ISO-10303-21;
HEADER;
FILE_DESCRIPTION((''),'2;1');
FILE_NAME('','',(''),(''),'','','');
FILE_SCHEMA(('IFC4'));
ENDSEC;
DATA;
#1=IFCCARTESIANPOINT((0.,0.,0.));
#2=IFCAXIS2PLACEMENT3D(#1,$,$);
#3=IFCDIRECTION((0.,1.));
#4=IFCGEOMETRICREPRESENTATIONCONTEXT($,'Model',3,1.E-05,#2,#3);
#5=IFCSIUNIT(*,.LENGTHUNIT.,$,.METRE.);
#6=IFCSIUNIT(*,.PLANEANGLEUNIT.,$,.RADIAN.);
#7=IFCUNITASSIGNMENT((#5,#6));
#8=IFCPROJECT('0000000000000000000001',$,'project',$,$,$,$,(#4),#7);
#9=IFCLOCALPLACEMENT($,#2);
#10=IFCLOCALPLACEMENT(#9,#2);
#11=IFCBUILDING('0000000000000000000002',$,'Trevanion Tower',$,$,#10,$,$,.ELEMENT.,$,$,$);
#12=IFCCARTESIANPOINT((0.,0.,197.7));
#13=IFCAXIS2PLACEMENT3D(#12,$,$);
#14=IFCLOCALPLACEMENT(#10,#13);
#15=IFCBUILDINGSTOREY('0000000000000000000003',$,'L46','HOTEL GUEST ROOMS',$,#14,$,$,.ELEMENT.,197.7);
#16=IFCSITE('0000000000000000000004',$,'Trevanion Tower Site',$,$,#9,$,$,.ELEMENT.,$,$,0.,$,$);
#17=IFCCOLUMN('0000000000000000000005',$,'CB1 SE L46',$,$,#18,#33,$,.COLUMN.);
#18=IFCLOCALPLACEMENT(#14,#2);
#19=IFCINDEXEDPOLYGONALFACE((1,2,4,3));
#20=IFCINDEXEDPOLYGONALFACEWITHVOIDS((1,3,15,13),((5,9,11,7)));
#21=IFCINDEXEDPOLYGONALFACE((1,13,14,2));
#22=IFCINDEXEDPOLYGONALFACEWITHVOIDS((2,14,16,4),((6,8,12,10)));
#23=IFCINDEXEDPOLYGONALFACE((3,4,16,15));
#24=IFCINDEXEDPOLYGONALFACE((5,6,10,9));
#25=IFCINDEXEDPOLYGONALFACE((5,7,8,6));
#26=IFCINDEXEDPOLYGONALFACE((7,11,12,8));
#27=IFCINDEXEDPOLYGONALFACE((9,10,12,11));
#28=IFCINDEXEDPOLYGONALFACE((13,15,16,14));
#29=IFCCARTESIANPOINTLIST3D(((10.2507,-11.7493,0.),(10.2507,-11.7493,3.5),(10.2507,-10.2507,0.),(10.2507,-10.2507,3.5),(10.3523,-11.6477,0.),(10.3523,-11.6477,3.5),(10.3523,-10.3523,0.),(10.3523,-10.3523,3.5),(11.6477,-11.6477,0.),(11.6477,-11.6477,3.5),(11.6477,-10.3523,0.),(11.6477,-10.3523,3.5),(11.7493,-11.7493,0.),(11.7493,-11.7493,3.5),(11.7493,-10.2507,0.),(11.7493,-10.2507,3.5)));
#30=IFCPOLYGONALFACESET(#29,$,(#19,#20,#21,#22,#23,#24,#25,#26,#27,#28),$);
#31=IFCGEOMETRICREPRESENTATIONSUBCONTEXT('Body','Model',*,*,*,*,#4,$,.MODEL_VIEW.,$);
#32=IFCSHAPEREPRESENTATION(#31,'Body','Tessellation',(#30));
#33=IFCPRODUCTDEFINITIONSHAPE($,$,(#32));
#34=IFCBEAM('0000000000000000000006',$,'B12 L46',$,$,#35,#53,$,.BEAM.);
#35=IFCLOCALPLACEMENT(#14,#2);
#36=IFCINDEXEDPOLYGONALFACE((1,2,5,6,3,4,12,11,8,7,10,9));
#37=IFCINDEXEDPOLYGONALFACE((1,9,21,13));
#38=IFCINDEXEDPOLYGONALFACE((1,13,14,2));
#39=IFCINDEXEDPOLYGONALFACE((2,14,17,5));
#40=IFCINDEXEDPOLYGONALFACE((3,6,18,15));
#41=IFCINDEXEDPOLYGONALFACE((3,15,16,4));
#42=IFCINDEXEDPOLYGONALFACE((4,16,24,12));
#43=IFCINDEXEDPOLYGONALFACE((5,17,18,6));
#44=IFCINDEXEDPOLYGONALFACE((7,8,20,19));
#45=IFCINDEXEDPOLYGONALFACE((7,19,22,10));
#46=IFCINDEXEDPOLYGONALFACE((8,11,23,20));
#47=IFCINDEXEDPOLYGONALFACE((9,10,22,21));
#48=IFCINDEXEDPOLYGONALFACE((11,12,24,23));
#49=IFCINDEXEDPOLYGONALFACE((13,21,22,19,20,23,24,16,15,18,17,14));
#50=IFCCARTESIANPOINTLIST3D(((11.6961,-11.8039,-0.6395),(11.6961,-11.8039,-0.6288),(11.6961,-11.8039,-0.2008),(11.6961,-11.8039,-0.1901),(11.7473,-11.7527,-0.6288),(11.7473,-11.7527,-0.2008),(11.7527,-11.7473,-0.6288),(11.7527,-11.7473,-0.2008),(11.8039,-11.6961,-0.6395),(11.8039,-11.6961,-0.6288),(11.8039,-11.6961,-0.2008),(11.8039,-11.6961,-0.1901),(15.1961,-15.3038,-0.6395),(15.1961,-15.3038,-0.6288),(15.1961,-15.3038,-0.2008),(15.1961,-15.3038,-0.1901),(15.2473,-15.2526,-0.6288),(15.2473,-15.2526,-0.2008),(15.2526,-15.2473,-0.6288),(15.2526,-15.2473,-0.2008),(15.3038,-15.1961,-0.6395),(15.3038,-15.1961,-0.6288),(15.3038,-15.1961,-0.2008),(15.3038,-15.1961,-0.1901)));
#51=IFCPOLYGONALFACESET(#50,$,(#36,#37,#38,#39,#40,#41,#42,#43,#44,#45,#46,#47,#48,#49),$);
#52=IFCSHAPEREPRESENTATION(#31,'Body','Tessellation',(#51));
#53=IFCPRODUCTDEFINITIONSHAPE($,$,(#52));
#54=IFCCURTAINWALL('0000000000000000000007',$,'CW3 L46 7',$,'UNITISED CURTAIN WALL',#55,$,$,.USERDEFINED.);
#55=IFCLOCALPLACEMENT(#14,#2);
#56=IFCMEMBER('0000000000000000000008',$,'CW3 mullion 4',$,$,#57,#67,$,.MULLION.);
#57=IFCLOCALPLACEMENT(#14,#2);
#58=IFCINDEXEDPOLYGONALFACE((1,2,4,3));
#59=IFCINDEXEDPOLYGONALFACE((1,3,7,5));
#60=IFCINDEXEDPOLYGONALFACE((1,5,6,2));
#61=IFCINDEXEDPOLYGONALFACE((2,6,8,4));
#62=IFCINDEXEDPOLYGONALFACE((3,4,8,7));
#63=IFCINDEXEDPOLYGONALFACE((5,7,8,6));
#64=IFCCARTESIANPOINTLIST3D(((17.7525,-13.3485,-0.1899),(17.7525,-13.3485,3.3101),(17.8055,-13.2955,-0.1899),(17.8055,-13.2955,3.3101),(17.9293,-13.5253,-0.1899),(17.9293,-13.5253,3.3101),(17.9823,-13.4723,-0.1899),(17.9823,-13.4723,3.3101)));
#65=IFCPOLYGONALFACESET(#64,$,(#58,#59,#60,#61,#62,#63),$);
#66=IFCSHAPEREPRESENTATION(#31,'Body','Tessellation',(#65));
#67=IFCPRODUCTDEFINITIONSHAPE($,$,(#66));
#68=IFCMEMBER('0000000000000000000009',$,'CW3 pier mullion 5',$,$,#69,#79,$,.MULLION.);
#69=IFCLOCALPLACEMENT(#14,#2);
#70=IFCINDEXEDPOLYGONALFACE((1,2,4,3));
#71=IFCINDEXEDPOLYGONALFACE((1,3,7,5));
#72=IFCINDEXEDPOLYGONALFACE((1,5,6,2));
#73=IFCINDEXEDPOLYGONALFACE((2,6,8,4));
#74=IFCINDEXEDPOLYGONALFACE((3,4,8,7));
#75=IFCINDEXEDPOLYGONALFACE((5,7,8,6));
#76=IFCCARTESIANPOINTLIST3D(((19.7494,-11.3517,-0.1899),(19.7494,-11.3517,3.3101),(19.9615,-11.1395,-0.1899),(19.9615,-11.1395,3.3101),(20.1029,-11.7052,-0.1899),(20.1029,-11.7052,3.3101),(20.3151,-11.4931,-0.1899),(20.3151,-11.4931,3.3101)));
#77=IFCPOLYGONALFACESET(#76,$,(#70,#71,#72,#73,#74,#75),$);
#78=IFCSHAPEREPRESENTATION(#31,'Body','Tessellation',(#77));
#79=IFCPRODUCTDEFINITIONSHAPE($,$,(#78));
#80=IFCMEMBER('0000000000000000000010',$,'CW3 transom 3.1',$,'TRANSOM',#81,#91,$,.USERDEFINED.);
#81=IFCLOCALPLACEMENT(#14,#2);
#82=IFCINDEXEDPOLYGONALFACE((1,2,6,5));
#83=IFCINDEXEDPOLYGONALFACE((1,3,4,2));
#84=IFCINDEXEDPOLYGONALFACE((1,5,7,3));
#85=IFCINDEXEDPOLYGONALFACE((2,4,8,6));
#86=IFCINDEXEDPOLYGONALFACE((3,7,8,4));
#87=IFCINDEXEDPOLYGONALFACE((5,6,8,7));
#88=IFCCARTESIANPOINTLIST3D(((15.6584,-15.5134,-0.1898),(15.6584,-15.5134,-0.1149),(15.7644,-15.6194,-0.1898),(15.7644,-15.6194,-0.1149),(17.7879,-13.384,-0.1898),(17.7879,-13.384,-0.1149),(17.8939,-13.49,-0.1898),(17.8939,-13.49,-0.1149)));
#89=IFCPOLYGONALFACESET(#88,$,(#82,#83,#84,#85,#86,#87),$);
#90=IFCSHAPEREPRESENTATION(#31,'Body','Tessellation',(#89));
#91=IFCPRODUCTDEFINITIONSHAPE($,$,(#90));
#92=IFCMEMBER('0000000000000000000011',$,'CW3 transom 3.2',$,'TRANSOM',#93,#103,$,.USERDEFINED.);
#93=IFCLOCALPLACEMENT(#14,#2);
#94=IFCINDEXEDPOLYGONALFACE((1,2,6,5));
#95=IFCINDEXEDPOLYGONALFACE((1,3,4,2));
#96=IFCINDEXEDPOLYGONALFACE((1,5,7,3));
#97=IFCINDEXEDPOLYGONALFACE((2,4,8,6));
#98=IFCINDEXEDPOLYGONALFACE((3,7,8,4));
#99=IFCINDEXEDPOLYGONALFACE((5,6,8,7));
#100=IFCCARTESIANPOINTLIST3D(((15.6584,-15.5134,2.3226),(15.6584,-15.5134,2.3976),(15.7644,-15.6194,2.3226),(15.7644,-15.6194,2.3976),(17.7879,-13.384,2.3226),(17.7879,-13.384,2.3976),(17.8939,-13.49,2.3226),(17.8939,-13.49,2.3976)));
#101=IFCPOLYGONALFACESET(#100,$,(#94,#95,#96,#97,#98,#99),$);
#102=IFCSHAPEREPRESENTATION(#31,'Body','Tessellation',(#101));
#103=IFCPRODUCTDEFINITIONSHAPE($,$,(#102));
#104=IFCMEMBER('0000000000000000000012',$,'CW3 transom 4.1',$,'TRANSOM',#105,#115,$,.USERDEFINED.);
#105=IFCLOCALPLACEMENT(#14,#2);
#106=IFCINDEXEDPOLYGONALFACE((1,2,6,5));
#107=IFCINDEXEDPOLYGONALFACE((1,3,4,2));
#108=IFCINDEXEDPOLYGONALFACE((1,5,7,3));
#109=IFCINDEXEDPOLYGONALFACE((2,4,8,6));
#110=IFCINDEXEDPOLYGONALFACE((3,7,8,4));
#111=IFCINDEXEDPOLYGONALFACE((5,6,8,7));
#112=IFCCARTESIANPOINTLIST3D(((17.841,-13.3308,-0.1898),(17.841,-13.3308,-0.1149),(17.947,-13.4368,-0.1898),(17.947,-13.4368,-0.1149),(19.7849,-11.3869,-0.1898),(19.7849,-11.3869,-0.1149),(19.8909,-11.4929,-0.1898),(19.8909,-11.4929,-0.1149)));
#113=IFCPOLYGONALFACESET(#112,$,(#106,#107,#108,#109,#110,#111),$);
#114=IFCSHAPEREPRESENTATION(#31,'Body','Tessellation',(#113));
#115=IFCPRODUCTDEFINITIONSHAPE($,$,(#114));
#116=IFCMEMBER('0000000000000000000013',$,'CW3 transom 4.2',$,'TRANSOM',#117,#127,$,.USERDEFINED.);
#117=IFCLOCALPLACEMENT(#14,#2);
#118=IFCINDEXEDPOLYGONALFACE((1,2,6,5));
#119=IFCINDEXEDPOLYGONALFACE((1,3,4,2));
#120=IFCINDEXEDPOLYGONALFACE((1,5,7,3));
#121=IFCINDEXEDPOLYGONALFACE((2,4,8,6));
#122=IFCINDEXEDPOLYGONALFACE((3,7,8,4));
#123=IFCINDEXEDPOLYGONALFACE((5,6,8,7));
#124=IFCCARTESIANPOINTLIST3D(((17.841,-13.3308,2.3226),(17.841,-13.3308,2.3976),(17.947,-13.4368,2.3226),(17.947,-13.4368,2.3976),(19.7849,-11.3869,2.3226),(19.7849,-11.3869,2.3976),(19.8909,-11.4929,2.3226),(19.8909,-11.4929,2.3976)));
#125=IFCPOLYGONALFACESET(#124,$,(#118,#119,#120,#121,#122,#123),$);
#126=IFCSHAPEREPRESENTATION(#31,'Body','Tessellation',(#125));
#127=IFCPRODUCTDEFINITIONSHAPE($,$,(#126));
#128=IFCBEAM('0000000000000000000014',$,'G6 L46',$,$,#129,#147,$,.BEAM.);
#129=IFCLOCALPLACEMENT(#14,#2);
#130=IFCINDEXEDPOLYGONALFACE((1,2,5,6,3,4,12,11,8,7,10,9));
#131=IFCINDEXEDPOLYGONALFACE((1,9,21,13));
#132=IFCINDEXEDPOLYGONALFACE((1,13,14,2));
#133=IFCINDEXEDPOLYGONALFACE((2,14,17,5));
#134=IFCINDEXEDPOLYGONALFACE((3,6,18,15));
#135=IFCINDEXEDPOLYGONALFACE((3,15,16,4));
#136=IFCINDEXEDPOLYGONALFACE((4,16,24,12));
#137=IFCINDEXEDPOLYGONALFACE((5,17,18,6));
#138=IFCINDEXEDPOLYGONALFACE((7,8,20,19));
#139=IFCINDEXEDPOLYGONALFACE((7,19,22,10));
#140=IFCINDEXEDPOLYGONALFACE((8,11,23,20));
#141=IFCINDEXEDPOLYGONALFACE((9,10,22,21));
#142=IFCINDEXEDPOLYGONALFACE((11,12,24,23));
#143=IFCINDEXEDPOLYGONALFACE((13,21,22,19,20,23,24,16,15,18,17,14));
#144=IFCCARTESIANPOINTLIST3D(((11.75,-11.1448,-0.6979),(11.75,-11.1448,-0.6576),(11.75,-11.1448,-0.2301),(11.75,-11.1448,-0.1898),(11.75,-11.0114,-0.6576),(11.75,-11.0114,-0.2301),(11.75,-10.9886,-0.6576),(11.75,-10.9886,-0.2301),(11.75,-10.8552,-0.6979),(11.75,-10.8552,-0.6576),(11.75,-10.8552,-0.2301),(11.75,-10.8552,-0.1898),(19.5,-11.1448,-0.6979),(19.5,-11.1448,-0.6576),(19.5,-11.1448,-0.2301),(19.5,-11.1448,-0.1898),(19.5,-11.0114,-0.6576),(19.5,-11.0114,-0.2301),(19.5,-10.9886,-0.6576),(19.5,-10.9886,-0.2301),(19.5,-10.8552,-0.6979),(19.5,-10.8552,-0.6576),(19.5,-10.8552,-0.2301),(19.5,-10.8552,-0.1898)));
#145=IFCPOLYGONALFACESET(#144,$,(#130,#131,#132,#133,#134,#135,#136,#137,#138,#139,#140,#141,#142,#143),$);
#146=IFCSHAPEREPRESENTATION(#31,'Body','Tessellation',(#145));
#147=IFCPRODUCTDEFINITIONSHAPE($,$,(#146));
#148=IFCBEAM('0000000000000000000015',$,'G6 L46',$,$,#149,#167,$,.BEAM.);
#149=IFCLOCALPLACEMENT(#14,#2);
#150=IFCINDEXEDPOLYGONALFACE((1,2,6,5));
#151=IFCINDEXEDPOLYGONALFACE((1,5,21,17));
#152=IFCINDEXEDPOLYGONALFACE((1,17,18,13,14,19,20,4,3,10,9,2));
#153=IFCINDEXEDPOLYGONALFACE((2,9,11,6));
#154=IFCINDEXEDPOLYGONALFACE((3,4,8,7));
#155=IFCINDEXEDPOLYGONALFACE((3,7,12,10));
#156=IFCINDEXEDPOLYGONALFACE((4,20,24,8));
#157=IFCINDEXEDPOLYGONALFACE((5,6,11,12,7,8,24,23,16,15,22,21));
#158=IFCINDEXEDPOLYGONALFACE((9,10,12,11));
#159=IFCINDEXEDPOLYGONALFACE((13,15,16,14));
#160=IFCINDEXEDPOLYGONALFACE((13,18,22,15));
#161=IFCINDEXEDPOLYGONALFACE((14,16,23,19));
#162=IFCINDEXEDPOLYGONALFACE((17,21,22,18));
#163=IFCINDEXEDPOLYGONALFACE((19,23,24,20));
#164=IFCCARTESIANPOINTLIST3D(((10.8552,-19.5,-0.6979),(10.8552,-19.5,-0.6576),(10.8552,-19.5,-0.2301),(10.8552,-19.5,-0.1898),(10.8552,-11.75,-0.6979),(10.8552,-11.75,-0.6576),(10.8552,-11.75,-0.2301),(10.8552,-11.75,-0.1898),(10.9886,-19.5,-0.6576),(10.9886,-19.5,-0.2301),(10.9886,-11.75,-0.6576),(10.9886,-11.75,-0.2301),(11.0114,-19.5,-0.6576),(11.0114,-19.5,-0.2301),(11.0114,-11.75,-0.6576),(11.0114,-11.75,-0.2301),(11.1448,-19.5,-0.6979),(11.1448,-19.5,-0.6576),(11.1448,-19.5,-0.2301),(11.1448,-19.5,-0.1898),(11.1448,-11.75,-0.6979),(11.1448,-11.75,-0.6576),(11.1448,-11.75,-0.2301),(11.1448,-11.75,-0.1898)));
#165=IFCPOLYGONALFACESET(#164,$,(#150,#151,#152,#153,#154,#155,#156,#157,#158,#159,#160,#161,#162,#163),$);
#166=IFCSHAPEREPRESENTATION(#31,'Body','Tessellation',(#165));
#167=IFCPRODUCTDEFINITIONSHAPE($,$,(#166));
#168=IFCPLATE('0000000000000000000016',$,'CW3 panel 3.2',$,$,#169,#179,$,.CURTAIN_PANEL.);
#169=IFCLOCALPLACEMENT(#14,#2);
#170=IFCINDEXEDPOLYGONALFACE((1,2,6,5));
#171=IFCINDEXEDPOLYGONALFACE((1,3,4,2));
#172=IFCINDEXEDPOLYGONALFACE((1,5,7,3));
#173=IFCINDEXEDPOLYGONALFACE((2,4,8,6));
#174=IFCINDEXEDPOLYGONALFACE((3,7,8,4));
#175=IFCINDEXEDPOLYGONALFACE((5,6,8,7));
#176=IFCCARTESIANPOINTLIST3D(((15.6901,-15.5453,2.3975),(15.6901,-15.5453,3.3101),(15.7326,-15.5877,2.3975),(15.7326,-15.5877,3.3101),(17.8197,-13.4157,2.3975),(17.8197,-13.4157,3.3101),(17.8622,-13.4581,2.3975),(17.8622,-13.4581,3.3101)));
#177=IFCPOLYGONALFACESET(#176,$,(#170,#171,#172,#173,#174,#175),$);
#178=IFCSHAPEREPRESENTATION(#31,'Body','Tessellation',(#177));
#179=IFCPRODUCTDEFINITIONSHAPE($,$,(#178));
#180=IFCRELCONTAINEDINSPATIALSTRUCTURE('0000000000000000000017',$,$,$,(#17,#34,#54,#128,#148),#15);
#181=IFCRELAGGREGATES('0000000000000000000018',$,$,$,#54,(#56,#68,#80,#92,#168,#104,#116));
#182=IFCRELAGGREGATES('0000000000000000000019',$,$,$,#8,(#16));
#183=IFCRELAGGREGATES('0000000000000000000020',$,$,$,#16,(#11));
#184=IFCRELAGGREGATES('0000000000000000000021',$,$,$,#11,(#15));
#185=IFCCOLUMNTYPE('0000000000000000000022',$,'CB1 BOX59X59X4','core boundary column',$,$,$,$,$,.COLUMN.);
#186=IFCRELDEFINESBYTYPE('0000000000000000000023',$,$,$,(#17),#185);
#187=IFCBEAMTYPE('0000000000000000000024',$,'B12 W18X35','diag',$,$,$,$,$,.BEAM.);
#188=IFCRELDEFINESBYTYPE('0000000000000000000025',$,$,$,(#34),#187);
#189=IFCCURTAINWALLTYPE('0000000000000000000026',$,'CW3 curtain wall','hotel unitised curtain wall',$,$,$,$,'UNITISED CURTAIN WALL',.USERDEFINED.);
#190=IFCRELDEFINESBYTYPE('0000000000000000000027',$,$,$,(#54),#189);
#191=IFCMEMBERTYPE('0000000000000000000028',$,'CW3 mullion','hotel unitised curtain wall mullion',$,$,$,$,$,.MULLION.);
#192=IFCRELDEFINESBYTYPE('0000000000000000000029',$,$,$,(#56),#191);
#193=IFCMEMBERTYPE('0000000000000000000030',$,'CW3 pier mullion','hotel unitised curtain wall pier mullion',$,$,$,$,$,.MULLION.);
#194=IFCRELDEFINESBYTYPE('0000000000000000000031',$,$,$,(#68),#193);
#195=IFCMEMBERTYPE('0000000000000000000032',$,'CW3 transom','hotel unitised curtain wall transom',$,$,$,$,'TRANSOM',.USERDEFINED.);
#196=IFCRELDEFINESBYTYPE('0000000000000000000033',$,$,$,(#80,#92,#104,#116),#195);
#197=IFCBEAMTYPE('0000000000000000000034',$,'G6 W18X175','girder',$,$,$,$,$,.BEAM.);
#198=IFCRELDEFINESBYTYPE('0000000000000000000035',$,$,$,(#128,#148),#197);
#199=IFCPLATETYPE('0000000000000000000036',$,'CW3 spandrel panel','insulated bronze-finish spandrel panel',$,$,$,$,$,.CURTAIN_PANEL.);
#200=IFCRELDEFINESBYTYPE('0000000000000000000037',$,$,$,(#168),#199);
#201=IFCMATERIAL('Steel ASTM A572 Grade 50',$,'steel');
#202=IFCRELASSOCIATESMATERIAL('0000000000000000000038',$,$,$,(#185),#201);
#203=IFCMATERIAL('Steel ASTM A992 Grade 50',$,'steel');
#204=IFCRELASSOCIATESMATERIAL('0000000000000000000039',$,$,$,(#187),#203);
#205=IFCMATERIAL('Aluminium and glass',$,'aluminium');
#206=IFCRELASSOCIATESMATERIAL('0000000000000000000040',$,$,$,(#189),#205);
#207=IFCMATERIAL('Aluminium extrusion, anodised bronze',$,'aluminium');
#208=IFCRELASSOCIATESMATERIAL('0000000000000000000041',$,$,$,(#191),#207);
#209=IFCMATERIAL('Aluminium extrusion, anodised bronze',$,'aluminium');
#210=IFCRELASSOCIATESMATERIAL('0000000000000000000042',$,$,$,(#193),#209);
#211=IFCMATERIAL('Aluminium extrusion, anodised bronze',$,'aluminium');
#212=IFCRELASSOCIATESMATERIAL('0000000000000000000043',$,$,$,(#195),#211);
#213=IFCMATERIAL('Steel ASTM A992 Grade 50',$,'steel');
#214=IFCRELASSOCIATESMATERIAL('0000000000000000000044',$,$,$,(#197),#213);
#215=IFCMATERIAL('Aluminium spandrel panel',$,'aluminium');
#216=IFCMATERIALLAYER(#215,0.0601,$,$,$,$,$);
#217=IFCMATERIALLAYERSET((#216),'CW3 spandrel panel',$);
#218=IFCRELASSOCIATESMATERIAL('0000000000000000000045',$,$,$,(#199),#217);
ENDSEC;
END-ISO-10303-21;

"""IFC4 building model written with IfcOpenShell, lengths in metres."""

from ifc_helpers import new_model, si_unit, direction, frame, origin, origin_2d, place, context, subcontext, project, spatial, rectangle, hollow_rectangle, i_section, extrude, material, layer, layer_set, material_profile, profile_set, type_object, element, aggregate, save


model = new_model("IFC4")

# Units and contexts
model_context = context("Model", 3, precision=1e-05, world=origin(), true_north=direction((0.0, 1.0)))
body_context = subcontext(model_context, "Body", "Model", "MODEL_VIEW")
ifc_project = project(units=[si_unit("LENGTHUNIT", "METRE"), si_unit("PLANEANGLEUNIT", "RADIAN")], contexts=[model_context])

# Site, building, storey
site_placement = place(None, origin())
site = spatial("IfcSite", under=ifc_project, at=site_placement, Name="Trevanion Tower Site", CompositionType="ELEMENT", RefElevation=0.0)
building_placement = place(site_placement, origin())
building = spatial("IfcBuilding", under=site, at=building_placement, Name="Trevanion Tower", CompositionType="ELEMENT")
storey_placement = place(building_placement, frame((0.0, 0.0, 197.7)))
storey = spatial("IfcBuildingStorey", under=building, at=storey_placement, Name="L46", Description="HOTEL GUEST ROOMS", CompositionType="ELEMENT", Elevation=197.7)

# Column
ifc_material_1 = material(Name="Steel ASTM A572 Grade 50", Category="steel")
ifc_material_profile_1 = material_profile(ifc_material_1, hollow_rectangle(XDim=1.4985, YDim=1.4985, WallThickness=0.1016, at=origin_2d()), Name="BOX59X59X4")
ifc_profile_set_1 = profile_set([ifc_material_profile_1], Name="Steel ASTM A572 Grade 50")
column_type = type_object("IfcColumnType", Name="CB1 BOX59X59X4", Description="core boundary column", PredefinedType="COLUMN", material=ifc_profile_set_1)
column_placement = place(storey_placement, frame((11.0, -11.0, 0.0), z_axis=(0.0, 0.0, 1.0), x_axis=(1.0, 0.0, 0.0)))
element("IfcColumn", 1, at=column_placement, inside=storey, type_object=column_type, Name="CB1 SE L46", PredefinedType="COLUMN", context=body_context, shape_type="SweptSolid", body=[
    extrude(hollow_rectangle(XDim=1.4985, YDim=1.4985, WallThickness=0.1016, at=origin_2d()), origin(), (0.0, 0.0, 1.0), 3.5),
])

# Beam
ifc_material_2 = material(Name="Steel ASTM A992 Grade 50", Category="steel")
ifc_material_profile_2 = material_profile(ifc_material_2, i_section(OverallWidth=0.1523, OverallDepth=0.4495, WebThickness=0.0076, FlangeThickness=0.0107, at=origin_2d()), Name="W18X35")
ifc_profile_set_2 = profile_set([ifc_material_profile_2], Name="Steel ASTM A992 Grade 50")
beam_type_1 = type_object("IfcBeamType", Name="B12 W18X35", Description="diag", PredefinedType="BEAM", material=ifc_profile_set_2)
beam_placement = place(storey_placement, frame((11.75, -11.75, -0.4148), z_axis=(0.707107, -0.707107, 0.0), x_axis=(0.707107, 0.707107, 0.0)))
element("IfcBeam", 2, at=beam_placement, inside=storey, type_object=beam_type_1, Name="B12 L46", PredefinedType="BEAM", context=body_context, shape_type="SweptSolid", body=[
    extrude(i_section(OverallWidth=0.1523, OverallDepth=0.4495, WebThickness=0.0076, FlangeThickness=0.0107, at=origin_2d()), origin(), (0.0, 0.0, 1.0), 4.9497),
])

# Curtain wall, members
ifc_material_3 = material(Name="Aluminium and glass", Category="aluminium")
curtain_wall_type = type_object("IfcCurtainWallType", Name="CW3 curtain wall", Description="hotel unitised curtain wall", ElementType="UNITISED CURTAIN WALL", PredefinedType="USERDEFINED", material=ifc_material_3)
curtain_wall_placement = place(storey_placement, origin())
curtain_wall = element("IfcCurtainWall", 3, at=curtain_wall_placement, inside=storey, type_object=curtain_wall_type, Name="CW3 L46 7", ObjectType="UNITISED CURTAIN WALL", PredefinedType="USERDEFINED")
ifc_material_4 = material(Name="Aluminium extrusion, anodised bronze", Category="aluminium")
ifc_material_profile_3 = material_profile(ifc_material_4, rectangle(XDim=0.075, YDim=0.25, at=origin_2d()), Name="CW3 mullion")
ifc_profile_set_3 = profile_set([ifc_material_profile_3], Name="Aluminium extrusion, anodised bronze")
member_type_1 = type_object("IfcMemberType", Name="CW3 mullion", Description="hotel unitised curtain wall mullion", PredefinedType="MULLION", material=ifc_profile_set_3)
member_1_placement = place(storey_placement, frame((17.8674, -13.4104, -0.1899), z_axis=(0.0, 0.0, 1.0), x_axis=(0.707107, 0.707107, 0.0)))
member_1 = element("IfcMember", 4, at=member_1_placement, type_object=member_type_1, Name="CW3 mullion 4", PredefinedType="MULLION", context=body_context, shape_type="SweptSolid", body=[
    extrude(rectangle(XDim=0.075, YDim=0.25, at=origin_2d()), origin(), (0.0, 0.0, 1.0), 3.5),
])
ifc_material_5 = material(Name="Aluminium extrusion, anodised bronze", Category="aluminium")
ifc_material_profile_4 = material_profile(ifc_material_5, rectangle(XDim=0.3, YDim=0.5, at=origin_2d()), Name="CW3 pier mullion")
ifc_profile_set_4 = profile_set([ifc_material_profile_4], Name="Aluminium extrusion, anodised bronze")
member_type_2 = type_object("IfcMemberType", Name="CW3 pier mullion", Description="hotel unitised curtain wall pier mullion", PredefinedType="MULLION", material=ifc_profile_set_4)
member_2_placement = place(storey_placement, frame((20.0322, -11.4224, -0.1899), z_axis=(0.0, 0.0, 1.0), x_axis=(0.707107, 0.707107, 0.0)))
member_2 = element("IfcMember", 5, at=member_2_placement, type_object=member_type_2, Name="CW3 pier mullion 5", PredefinedType="MULLION", context=body_context, shape_type="SweptSolid", body=[
    extrude(rectangle(XDim=0.3, YDim=0.5, at=origin_2d()), origin(), (0.0, 0.0, 1.0), 3.5),
])
ifc_material_6 = material(Name="Aluminium extrusion, anodised bronze", Category="aluminium")
ifc_material_profile_5 = material_profile(ifc_material_6, rectangle(XDim=0.1499, YDim=0.075, at=origin_2d()), Name="CW3 transom")
ifc_profile_set_5 = profile_set([ifc_material_profile_5], Name="Aluminium extrusion, anodised bronze")
member_type_3 = type_object("IfcMemberType", Name="CW3 transom", Description="hotel unitised curtain wall transom", ElementType="TRANSOM", PredefinedType="USERDEFINED", material=ifc_profile_set_5)
member_3_placement = place(storey_placement, frame((15.7114, -15.5664, -0.1523), z_axis=(0.707107, 0.707107, 0.0), x_axis=(-0.707107, 0.707107, 0.0)))
member_3 = element("IfcMember", 6, at=member_3_placement, type_object=member_type_3, Name="CW3 transom 3.1", ObjectType="TRANSOM", PredefinedType="USERDEFINED", context=body_context, shape_type="SweptSolid", body=[
    extrude(rectangle(XDim=0.1499, YDim=0.075, at=origin_2d()), origin(), (0.0, 0.0, 1.0), 3.0115),
])
member_4_placement = place(storey_placement, frame((15.7114, -15.5664, 2.3601), z_axis=(0.707107, 0.707107, 0.0), x_axis=(-0.707107, 0.707107, 0.0)))
member_4 = element("IfcMember", 7, at=member_4_placement, type_object=member_type_3, Name="CW3 transom 3.2", ObjectType="TRANSOM", PredefinedType="USERDEFINED", context=body_context, shape_type="SweptSolid", body=[
    extrude(rectangle(XDim=0.1499, YDim=0.075, at=origin_2d()), origin(), (0.0, 0.0, 1.0), 3.0115),
])
member_5_placement = place(storey_placement, frame((17.894, -13.3838, -0.1523), z_axis=(0.707107, 0.707107, 0.0), x_axis=(-0.707107, 0.707107, 0.0)))
member_5 = element("IfcMember", 8, at=member_5_placement, type_object=member_type_3, Name="CW3 transom 4.1", ObjectType="TRANSOM", PredefinedType="USERDEFINED", context=body_context, shape_type="SweptSolid", body=[
    extrude(rectangle(XDim=0.1499, YDim=0.075, at=origin_2d()), origin(), (0.0, 0.0, 1.0), 2.749),
])
member_6_placement = place(storey_placement, frame((17.894, -13.3838, 2.3601), z_axis=(0.707107, 0.707107, 0.0), x_axis=(-0.707107, 0.707107, 0.0)))
member_6 = element("IfcMember", 9, at=member_6_placement, type_object=member_type_3, Name="CW3 transom 4.2", ObjectType="TRANSOM", PredefinedType="USERDEFINED", context=body_context, shape_type="SweptSolid", body=[
    extrude(rectangle(XDim=0.1499, YDim=0.075, at=origin_2d()), origin(), (0.0, 0.0, 1.0), 2.749),
])

# Beams
ifc_material_7 = material(Name="Steel ASTM A992 Grade 50", Category="steel")
ifc_material_profile_6 = material_profile(ifc_material_7, i_section(OverallWidth=0.2896, OverallDepth=0.5081, WebThickness=0.0227, FlangeThickness=0.0403, at=origin_2d()), Name="W18X175")
ifc_profile_set_6 = profile_set([ifc_material_profile_6], Name="Steel ASTM A992 Grade 50")
beam_type_2 = type_object("IfcBeamType", Name="G6 W18X175", Description="girder", PredefinedType="BEAM", material=ifc_profile_set_6)
for number, where, z_axis, x_axis, name in (
    (10, (11.75, -11.0, -0.4438), (1.0, 0.0, 0.0), (0.0, 1.0, 0.0), "G6 L46"),
    (11, (11.0, -11.75, -0.4438), (0.0, -1.0, 0.0), (1.0, 0.0, 0.0), "G6 L46"),
):
    element("IfcBeam", number, at=place(storey_placement, frame(where, z_axis=z_axis, x_axis=x_axis)), inside=storey, type_object=beam_type_2, Name=name, PredefinedType="BEAM", context=body_context, shape_type="SweptSolid", body=[
        extrude(i_section(OverallWidth=0.2896, OverallDepth=0.5081, WebThickness=0.0227, FlangeThickness=0.0403, at=origin_2d()), origin(), (0.0, 0.0, 1.0), 7.75),
    ])

# Plate
ifc_material_8 = material(Name="Aluminium spandrel panel", Category="aluminium")
ifc_layer_1 = layer(ifc_material_8, 0.0601)
ifc_layer_set_1 = layer_set([ifc_layer_1], Name="CW3 spandrel panel")
plate_type_1 = type_object("IfcPlateType", Name="CW3 spandrel panel", Description="insulated bronze-finish spandrel panel", PredefinedType="CURTAIN_PANEL", material=ifc_layer_set_1)
plate_1_placement = place(storey_placement, frame((16.7761, -14.5017, 2.3975), z_axis=(0.0, 0.0, 1.0), x_axis=(0.707107, 0.707107, 0.0)))
plate_1 = element("IfcPlate", 12, at=plate_1_placement, type_object=plate_type_1, Name="CW3 panel 3.2", PredefinedType="CURTAIN_PANEL", context=body_context, shape_type="SweptSolid", body=[
    extrude(rectangle(XDim=3.0117, YDim=0.0601, at=origin_2d()), origin(), (0.0, 0.0, 1.0), 0.9126),
])
aggregate(curtain_wall, [member_1, member_2, member_3, member_4, plate_1, member_5, member_6])

save(model, "model.ifc")
